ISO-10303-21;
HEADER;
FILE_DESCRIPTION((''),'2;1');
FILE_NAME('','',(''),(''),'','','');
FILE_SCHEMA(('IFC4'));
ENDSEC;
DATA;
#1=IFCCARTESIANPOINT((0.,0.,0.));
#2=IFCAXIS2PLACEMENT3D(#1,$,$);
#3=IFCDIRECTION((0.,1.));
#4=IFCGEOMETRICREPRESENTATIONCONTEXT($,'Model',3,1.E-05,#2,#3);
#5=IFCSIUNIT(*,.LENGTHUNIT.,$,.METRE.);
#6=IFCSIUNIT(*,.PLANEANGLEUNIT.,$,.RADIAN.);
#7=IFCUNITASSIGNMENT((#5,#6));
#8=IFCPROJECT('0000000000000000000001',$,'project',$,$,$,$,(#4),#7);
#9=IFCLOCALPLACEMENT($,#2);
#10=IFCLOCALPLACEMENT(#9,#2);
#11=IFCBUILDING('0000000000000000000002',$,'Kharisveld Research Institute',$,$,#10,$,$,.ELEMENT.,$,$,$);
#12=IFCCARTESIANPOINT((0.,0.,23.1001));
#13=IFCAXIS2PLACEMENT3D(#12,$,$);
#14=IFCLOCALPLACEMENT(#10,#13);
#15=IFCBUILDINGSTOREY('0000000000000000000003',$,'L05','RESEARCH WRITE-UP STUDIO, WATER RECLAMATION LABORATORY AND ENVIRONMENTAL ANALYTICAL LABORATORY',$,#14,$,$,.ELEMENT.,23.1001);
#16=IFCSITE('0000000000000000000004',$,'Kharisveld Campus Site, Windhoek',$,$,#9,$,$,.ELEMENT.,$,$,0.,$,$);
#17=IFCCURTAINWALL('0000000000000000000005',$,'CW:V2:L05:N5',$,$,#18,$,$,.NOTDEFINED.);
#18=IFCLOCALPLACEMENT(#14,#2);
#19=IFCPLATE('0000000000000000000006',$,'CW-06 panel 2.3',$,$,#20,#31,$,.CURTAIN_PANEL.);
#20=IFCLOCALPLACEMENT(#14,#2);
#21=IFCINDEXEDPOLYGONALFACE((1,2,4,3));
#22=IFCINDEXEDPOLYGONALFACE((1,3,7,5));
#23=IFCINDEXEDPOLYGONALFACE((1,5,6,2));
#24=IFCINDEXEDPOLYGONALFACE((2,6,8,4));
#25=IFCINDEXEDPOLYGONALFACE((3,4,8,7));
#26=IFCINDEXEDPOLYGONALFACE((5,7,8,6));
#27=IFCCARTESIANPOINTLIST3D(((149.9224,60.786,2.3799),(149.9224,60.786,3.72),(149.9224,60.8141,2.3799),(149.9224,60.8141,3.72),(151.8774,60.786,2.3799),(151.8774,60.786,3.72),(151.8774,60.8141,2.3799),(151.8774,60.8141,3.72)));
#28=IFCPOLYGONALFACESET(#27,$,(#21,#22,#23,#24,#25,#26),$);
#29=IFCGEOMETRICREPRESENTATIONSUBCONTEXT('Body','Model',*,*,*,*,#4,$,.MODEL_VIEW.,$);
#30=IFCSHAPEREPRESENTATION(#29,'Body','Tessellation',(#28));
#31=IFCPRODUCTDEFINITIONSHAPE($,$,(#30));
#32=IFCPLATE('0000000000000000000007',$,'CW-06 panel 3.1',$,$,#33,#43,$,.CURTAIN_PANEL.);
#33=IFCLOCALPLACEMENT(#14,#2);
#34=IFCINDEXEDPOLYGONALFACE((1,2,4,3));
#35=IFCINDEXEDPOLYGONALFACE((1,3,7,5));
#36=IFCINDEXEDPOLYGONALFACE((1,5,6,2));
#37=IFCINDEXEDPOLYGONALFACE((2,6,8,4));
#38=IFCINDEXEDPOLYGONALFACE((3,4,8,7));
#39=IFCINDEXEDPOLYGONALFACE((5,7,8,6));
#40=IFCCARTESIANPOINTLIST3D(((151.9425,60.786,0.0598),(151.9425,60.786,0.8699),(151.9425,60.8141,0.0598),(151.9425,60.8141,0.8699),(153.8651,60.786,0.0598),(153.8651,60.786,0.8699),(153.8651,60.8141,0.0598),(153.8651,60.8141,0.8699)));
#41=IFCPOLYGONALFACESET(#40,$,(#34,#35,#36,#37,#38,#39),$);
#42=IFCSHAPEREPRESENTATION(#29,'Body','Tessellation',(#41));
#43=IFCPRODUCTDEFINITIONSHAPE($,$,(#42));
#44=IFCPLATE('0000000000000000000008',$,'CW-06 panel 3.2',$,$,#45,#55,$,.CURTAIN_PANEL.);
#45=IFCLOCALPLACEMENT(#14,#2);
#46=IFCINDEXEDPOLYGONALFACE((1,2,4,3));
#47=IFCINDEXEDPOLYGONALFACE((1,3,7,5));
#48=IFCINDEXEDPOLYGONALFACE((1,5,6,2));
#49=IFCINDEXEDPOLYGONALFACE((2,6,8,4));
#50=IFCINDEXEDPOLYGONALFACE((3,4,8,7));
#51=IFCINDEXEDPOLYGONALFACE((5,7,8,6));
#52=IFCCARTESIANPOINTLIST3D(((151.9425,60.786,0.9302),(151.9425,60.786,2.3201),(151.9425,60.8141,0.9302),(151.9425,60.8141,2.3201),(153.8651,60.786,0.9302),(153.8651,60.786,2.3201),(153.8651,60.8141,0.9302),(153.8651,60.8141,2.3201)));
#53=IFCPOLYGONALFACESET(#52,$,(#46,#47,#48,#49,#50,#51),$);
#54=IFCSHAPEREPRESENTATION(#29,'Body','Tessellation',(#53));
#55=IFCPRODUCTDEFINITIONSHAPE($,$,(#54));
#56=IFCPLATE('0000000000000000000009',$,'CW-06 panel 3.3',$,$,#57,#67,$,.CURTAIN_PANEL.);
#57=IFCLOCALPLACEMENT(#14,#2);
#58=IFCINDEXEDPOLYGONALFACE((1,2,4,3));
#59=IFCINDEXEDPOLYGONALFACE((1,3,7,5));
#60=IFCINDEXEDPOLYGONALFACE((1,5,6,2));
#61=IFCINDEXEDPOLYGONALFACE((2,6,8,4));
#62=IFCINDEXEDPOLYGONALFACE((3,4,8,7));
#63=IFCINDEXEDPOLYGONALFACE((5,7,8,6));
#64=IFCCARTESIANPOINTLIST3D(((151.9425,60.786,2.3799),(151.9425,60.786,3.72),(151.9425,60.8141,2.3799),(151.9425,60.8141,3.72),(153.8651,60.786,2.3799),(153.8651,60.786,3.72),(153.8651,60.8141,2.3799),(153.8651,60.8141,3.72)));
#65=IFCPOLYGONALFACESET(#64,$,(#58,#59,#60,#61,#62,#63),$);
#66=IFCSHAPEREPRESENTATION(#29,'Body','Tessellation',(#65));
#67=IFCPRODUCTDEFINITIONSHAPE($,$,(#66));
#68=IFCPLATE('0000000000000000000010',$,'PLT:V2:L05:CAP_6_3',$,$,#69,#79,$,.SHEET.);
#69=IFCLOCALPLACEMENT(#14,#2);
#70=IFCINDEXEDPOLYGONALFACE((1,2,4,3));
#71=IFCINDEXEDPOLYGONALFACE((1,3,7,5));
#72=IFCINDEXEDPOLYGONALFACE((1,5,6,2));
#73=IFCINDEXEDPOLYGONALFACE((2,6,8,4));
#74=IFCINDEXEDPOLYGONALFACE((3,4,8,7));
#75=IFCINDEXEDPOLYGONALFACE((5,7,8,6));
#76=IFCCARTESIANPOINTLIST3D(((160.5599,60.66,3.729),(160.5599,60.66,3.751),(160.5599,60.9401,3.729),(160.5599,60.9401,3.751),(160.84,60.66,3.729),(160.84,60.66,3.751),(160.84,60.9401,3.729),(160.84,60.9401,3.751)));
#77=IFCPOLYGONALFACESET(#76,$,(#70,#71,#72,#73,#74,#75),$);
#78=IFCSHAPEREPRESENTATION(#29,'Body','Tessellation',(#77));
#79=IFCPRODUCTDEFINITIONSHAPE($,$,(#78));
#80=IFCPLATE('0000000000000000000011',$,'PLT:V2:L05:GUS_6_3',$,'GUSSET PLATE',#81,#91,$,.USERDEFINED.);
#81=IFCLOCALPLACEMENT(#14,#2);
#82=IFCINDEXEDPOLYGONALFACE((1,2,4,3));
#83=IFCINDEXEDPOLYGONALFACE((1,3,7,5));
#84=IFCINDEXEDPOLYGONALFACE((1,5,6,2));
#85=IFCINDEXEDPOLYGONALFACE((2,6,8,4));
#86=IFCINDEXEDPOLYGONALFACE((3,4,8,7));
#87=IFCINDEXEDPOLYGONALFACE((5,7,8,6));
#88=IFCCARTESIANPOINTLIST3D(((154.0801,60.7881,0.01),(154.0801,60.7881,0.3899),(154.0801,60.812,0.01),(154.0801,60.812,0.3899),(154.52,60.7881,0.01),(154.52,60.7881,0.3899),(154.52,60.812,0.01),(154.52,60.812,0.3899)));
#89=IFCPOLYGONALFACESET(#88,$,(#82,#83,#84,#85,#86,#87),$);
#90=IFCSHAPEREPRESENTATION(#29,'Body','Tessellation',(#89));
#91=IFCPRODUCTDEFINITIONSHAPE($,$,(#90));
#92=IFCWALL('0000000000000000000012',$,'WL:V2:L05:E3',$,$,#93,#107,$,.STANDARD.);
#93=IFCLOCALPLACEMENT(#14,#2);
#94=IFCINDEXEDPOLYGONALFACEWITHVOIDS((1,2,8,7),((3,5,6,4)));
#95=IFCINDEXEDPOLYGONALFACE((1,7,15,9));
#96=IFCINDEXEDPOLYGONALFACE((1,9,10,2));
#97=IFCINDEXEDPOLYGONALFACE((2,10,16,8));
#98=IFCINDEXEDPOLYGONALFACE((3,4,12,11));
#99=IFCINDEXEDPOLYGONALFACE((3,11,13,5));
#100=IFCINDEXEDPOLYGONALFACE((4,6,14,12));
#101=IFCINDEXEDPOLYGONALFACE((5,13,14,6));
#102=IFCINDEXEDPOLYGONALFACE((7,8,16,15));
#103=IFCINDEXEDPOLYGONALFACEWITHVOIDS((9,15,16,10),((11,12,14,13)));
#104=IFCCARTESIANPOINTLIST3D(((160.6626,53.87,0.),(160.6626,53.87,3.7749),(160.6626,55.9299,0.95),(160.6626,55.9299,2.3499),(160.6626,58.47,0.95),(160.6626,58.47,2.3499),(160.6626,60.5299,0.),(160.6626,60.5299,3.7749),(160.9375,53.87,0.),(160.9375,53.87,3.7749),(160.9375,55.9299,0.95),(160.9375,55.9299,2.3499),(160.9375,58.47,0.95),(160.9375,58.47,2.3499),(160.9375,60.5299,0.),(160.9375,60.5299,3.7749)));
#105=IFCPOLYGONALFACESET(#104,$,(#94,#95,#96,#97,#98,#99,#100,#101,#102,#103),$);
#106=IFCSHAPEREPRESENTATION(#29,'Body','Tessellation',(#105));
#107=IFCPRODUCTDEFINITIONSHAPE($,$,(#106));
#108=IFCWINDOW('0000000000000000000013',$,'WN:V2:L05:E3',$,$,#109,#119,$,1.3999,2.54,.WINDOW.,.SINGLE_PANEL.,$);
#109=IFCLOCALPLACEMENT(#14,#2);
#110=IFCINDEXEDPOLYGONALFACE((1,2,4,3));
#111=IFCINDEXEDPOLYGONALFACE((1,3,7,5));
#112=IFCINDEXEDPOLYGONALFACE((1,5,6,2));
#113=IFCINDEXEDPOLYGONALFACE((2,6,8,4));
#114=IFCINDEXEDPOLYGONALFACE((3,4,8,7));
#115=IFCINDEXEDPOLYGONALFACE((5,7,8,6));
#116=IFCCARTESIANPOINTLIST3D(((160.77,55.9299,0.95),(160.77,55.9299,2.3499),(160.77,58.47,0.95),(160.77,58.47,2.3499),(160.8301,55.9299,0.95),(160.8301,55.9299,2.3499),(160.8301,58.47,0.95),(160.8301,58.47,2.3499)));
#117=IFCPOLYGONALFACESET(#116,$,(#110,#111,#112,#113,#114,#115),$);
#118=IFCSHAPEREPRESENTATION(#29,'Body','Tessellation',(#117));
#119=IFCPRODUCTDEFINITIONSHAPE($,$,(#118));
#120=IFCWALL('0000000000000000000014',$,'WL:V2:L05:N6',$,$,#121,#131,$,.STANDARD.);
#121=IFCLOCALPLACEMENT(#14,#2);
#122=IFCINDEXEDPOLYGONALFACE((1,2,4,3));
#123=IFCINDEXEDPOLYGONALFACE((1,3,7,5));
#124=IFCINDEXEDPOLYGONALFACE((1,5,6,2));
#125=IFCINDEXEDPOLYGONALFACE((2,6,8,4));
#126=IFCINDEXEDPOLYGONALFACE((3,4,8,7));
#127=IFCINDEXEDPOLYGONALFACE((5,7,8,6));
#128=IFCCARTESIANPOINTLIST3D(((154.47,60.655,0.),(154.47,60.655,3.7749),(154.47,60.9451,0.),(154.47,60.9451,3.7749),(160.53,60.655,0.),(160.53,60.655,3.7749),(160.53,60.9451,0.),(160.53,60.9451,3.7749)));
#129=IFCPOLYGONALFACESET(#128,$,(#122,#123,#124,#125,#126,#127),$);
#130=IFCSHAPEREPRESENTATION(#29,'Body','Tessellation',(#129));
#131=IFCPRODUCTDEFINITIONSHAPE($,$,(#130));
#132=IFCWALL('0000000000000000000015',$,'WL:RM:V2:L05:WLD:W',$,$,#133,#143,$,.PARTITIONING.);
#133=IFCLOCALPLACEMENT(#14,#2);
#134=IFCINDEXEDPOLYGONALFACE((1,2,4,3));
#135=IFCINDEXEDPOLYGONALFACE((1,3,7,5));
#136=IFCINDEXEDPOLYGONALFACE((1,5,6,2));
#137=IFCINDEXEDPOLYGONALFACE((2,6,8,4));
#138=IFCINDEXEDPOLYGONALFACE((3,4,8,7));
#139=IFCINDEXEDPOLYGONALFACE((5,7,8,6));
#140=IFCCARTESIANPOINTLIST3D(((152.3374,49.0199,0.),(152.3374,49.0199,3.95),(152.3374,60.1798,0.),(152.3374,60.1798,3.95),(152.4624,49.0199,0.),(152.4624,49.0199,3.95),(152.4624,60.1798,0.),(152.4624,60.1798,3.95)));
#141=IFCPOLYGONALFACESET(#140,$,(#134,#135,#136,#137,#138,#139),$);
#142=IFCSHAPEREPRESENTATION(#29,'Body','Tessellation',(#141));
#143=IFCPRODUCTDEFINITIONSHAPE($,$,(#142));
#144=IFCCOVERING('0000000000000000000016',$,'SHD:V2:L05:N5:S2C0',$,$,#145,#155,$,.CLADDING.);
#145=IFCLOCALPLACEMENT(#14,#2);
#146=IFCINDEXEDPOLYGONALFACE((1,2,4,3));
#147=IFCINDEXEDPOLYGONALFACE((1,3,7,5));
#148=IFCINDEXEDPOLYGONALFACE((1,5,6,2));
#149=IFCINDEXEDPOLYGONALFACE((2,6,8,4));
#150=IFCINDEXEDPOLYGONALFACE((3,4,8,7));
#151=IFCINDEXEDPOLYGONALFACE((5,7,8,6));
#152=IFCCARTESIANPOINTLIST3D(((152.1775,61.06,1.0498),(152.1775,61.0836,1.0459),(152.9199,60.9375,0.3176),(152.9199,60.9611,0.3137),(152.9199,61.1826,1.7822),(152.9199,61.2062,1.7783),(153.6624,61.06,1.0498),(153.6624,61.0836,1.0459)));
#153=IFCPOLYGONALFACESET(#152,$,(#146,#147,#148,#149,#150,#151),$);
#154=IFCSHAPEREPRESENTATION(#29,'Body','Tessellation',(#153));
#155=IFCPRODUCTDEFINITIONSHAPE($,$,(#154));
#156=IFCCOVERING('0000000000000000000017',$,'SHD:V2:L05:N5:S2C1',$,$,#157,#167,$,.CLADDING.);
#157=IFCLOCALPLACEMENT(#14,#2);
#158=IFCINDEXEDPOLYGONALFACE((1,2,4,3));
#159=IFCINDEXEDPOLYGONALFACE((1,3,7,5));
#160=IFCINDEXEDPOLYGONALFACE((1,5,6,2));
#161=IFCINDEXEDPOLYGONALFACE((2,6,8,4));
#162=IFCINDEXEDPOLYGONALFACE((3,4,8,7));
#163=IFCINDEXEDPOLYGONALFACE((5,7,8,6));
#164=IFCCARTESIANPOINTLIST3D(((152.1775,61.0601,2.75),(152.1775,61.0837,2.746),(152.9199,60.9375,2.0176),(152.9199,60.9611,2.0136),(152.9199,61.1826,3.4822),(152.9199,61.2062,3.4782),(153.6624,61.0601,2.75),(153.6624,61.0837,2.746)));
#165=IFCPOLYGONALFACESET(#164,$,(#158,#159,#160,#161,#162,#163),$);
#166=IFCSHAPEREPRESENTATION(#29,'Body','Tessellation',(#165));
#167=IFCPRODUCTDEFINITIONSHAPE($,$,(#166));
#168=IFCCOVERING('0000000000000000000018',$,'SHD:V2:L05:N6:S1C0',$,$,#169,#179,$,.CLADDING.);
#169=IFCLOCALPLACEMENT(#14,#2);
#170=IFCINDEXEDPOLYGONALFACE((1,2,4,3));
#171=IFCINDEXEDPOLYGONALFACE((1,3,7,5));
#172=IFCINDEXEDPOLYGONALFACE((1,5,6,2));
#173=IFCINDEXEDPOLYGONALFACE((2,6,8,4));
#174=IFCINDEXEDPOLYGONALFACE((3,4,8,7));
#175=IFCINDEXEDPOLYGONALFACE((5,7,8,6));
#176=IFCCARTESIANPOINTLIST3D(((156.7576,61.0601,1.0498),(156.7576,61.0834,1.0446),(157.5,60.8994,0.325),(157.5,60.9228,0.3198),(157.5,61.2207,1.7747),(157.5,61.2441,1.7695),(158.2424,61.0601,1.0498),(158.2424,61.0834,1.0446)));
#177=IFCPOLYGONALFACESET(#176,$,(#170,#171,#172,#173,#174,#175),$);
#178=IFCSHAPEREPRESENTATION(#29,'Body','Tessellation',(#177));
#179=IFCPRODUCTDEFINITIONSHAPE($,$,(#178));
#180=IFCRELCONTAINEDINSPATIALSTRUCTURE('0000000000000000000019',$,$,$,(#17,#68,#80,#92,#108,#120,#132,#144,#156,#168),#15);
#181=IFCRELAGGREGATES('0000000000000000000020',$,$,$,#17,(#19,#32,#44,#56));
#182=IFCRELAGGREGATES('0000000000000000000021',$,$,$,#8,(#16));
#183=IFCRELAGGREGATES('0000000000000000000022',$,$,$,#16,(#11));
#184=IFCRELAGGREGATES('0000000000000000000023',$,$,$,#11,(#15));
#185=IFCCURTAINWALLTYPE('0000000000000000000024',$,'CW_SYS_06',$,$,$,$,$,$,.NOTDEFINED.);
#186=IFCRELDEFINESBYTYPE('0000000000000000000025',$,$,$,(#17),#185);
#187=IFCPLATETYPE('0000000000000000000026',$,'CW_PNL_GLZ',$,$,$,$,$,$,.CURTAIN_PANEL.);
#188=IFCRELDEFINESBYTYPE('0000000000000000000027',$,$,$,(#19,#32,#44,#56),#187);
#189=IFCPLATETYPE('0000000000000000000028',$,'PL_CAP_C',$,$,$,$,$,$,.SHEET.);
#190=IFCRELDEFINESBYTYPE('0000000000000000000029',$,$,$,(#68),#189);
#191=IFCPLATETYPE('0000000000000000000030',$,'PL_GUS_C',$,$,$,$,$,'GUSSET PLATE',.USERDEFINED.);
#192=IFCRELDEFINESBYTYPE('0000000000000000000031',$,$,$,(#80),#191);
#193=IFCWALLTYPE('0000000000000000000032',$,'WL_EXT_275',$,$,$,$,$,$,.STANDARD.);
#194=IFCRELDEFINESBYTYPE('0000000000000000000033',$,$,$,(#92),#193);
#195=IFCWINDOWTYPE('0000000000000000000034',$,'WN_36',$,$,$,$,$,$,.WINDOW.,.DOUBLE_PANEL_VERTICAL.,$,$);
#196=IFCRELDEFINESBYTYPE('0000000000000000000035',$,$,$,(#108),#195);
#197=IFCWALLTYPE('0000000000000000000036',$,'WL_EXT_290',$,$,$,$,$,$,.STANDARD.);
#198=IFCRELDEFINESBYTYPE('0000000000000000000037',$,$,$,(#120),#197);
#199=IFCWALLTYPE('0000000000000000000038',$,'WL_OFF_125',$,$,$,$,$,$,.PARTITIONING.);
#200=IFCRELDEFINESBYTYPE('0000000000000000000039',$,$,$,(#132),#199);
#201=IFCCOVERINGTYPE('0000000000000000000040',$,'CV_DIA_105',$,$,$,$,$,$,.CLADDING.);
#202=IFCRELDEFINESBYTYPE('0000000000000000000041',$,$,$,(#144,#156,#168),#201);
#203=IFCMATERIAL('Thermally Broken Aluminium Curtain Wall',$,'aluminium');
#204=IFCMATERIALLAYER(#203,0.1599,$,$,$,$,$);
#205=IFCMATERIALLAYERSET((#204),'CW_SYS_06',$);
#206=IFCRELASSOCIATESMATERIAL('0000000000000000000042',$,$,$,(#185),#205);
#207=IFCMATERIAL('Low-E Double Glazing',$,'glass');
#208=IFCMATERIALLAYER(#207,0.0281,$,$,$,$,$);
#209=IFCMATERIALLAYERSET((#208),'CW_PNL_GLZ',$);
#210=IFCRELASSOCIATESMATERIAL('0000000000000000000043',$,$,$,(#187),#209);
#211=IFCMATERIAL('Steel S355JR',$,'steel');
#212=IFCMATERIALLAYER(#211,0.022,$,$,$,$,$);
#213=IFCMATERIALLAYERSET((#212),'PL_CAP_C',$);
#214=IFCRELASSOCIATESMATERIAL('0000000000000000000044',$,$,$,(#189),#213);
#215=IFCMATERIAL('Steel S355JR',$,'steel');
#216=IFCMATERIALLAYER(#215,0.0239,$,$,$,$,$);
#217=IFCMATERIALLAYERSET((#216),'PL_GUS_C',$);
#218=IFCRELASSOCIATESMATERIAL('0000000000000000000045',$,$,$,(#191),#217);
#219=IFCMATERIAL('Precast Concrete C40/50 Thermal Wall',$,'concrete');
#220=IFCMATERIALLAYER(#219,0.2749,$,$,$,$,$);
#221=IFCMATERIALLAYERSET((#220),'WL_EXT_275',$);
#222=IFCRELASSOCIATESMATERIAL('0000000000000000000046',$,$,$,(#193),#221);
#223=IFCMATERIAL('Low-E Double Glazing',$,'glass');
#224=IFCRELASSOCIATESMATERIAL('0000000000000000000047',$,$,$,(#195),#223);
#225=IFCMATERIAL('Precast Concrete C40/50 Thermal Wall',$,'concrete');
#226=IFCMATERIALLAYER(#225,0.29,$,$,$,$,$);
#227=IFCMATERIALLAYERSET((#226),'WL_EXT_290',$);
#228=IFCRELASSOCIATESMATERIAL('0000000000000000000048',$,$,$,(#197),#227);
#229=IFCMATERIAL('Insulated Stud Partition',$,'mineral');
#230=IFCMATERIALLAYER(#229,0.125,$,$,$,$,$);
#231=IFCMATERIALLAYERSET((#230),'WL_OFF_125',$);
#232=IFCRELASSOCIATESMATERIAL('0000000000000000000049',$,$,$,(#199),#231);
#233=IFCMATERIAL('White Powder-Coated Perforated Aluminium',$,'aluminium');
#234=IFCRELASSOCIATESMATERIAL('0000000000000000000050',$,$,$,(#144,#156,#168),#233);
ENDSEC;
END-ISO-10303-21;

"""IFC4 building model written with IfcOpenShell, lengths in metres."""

from ifc_helpers import new_model, si_unit, direction, frame, frame_2d, origin, origin_2d, place, context, subcontext, project, spatial, polyline, rectangle, outline, extrude, material, layer, layer_set, type_object, element, fill, aggregate, save


model = new_model("IFC4")

# Units and contexts
model_context = context("Model", 3, precision=1e-05, world=origin(), true_north=direction((0.0, 1.0)))
body_context = subcontext(model_context, "Body", "Model", "MODEL_VIEW")
ifc_project = project(units=[si_unit("LENGTHUNIT", "METRE"), si_unit("PLANEANGLEUNIT", "RADIAN")], contexts=[model_context])

# Site, building, storey
site_placement = place(None, origin())
site = spatial("IfcSite", under=ifc_project, at=site_placement, Name="Kharisveld Campus Site, Windhoek", CompositionType="ELEMENT", RefElevation=0.0)
building_placement = place(site_placement, origin())
building = spatial("IfcBuilding", under=site, at=building_placement, Name="Kharisveld Research Institute", CompositionType="ELEMENT")
storey_placement = place(building_placement, frame((0.0, 0.0, 23.1001)))
storey = spatial("IfcBuildingStorey", under=building, at=storey_placement, Name="L05", Description="RESEARCH WRITE-UP STUDIO, WATER RECLAMATION LABORATORY AND ENVIRONMENTAL ANALYTICAL LABORATORY", CompositionType="ELEMENT", Elevation=23.1001)

# Curtain wall
ifc_material_1 = material(Name="Thermally Broken Aluminium Curtain Wall", Category="aluminium")
ifc_layer_1 = layer(ifc_material_1, 0.1599)
ifc_layer_set_1 = layer_set([ifc_layer_1], Name="CW_SYS_06")
curtain_wall_type = type_object("IfcCurtainWallType", Name="CW_SYS_06", PredefinedType="NOTDEFINED", material=ifc_layer_set_1)
curtain_wall_placement = place(storey_placement, origin())
curtain_wall = element("IfcCurtainWall", 1, at=curtain_wall_placement, inside=storey, type_object=curtain_wall_type, Name="CW:V2:L05:N5", PredefinedType="NOTDEFINED")

# Plates
ifc_material_2 = material(Name="Low-E Double Glazing", Category="glass")
ifc_layer_2 = layer(ifc_material_2, 0.0281)
ifc_layer_set_2 = layer_set([ifc_layer_2], Name="CW_PNL_GLZ")
plate_type_1 = type_object("IfcPlateType", Name="CW_PNL_GLZ", PredefinedType="CURTAIN_PANEL", material=ifc_layer_set_2)
plate_1_placement = place(storey_placement, frame((150.8999, 60.8, 2.3799), z_axis=(0.0, 0.0, 1.0), x_axis=(1.0, 0.0, 0.0)))
plate_1 = element("IfcPlate", 2, at=plate_1_placement, type_object=plate_type_1, Name="CW-06 panel 2.3", PredefinedType="CURTAIN_PANEL", context=body_context, shape_type="SweptSolid", body=[
    extrude(rectangle(XDim=1.9551, YDim=0.0281, at=origin_2d()), origin(), (0.0, 0.0, 1.0), 1.3401),
])
plate_2_placement = place(storey_placement, frame((152.9038, 60.8, 0.0598), z_axis=(0.0, 0.0, 1.0), x_axis=(1.0, 0.0, 0.0)))
plate_2 = element("IfcPlate", 3, at=plate_2_placement, type_object=plate_type_1, Name="CW-06 panel 3.1", PredefinedType="CURTAIN_PANEL", context=body_context, shape_type="SweptSolid", body=[
    extrude(rectangle(XDim=1.9226, YDim=0.0281, at=origin_2d()), origin(), (0.0, 0.0, 1.0), 0.8101),
])
plate_3_placement = place(storey_placement, frame((152.9038, 60.8, 0.9302), z_axis=(0.0, 0.0, 1.0), x_axis=(1.0, 0.0, 0.0)))
plate_3 = element("IfcPlate", 4, at=plate_3_placement, type_object=plate_type_1, Name="CW-06 panel 3.2", PredefinedType="CURTAIN_PANEL", context=body_context, shape_type="SweptSolid", body=[
    extrude(rectangle(XDim=1.9226, YDim=0.0281, at=origin_2d()), origin(), (0.0, 0.0, 1.0), 1.3899),
])
plate_4_placement = place(storey_placement, frame((152.9038, 60.8, 2.3799), z_axis=(0.0, 0.0, 1.0), x_axis=(1.0, 0.0, 0.0)))
plate_4 = element("IfcPlate", 5, at=plate_4_placement, type_object=plate_type_1, Name="CW-06 panel 3.3", PredefinedType="CURTAIN_PANEL", context=body_context, shape_type="SweptSolid", body=[
    extrude(rectangle(XDim=1.9226, YDim=0.0281, at=origin_2d()), origin(), (0.0, 0.0, 1.0), 1.3401),
])
aggregate(curtain_wall, [plate_1, plate_2, plate_3, plate_4])

# Plates
ifc_material_3 = material(Name="Steel S355JR", Category="steel")
ifc_layer_3 = layer(ifc_material_3, 0.022)
ifc_layer_set_3 = layer_set([ifc_layer_3], Name="PL_CAP_C")
plate_type_2 = type_object("IfcPlateType", Name="PL_CAP_C", PredefinedType="SHEET", material=ifc_layer_set_3)
plate_5_placement = place(storey_placement, frame((160.7, 60.8, 3.729), z_axis=(0.0, 0.0, 1.0), x_axis=(1.0, 0.0, 0.0)))
element("IfcPlate", 6, at=plate_5_placement, inside=storey, type_object=plate_type_2, Name="PLT:V2:L05:CAP_6_3", PredefinedType="SHEET", context=body_context, shape_type="SweptSolid", body=[
    extrude(rectangle(XDim=0.28, YDim=0.28, at=origin_2d()), origin(), (0.0, 0.0, 1.0), 0.022),
])
ifc_material_4 = material(Name="Steel S355JR", Category="steel")
ifc_layer_4 = layer(ifc_material_4, 0.0239)
ifc_layer_set_4 = layer_set([ifc_layer_4], Name="PL_GUS_C")
plate_type_3 = type_object("IfcPlateType", Name="PL_GUS_C", ElementType="GUSSET PLATE", PredefinedType="USERDEFINED", material=ifc_layer_set_4)
plate_6_placement = place(storey_placement, frame((154.3, 60.8, 0.01), z_axis=(0.0, 0.0, 1.0), x_axis=(1.0, 0.0, 0.0)))
element("IfcPlate", 7, at=plate_6_placement, inside=storey, type_object=plate_type_3, Name="PLT:V2:L05:GUS_6_3", ObjectType="GUSSET PLATE", PredefinedType="USERDEFINED", context=body_context, shape_type="SweptSolid", body=[
    extrude(rectangle(XDim=0.4399, YDim=0.0239, at=origin_2d()), origin(), (0.0, 0.0, 1.0), 0.3799),
])

# Wall, opening, window
ifc_material_5 = material(Name="Precast Concrete C40/50 Thermal Wall", Category="concrete")
ifc_layer_5 = layer(ifc_material_5, 0.2749)
ifc_layer_set_5 = layer_set([ifc_layer_5], Name="WL_EXT_275")
wall_type_1 = type_object("IfcWallType", Name="WL_EXT_275", PredefinedType="STANDARD", material=ifc_layer_set_5)
wall_1_placement = place(storey_placement, frame((160.8, 60.53, 0.0), z_axis=(0.0, 0.0, 1.0), x_axis=(0.0, -1.0, 0.0)))
wall_1 = element("IfcWall", 8, at=wall_1_placement, inside=storey, type_object=wall_type_1, Name="WL:V2:L05:E3", PredefinedType="STANDARD", context=body_context, shape_type="SweptSolid", body=[
    extrude(rectangle(XDim=6.6599, YDim=0.2749, at=frame_2d((3.3301, 0.0))), origin(), (0.0, 0.0, 1.0), 3.7749),
])
opening_placement = place(wall_1_placement, frame((2.0601, 0.0, 0.95)))
opening = element("IfcOpeningElement", 9, at=opening_placement, cuts=wall_1, PredefinedType="OPENING", context=body_context, shape_type="SweptSolid", body=[
    extrude(rectangle(XDim=2.54, YDim=1.3999, at=frame_2d((1.27, 0.7))), frame((0.0, 0.1375, 0.0), z_axis=(0.0, -1.0, 0.0), x_axis=(1.0, 0.0, 0.0)), (0.0, 0.0, 1.0), 0.2749),
])
ifc_material_6 = material(Name="Low-E Double Glazing", Category="glass")
window_type = type_object("IfcWindowType", Name="WN_36", PartitioningType="DOUBLE_PANEL_VERTICAL", PredefinedType="WINDOW", material=ifc_material_6)
window_placement = place(opening_placement, origin())
window = element("IfcWindow", 10, at=window_placement, inside=storey, type_object=window_type, Name="WN:V2:L05:E3", OverallHeight=1.3999, OverallWidth=2.54, PartitioningType="SINGLE_PANEL", PredefinedType="WINDOW", context=body_context, shape_type="SweptSolid", body=[
    extrude(rectangle(XDim=2.54, YDim=1.3999, at=frame_2d((1.27, 0.7))), frame((0.0, 0.03, 0.0), z_axis=(0.0, -1.0, 0.0), x_axis=(1.0, 0.0, 0.0)), (0.0, 0.0, 1.0), 0.0601),
])
fill(opening, window)

# Walls
ifc_material_7 = material(Name="Precast Concrete C40/50 Thermal Wall", Category="concrete")
ifc_layer_6 = layer(ifc_material_7, 0.29)
ifc_layer_set_6 = layer_set([ifc_layer_6], Name="WL_EXT_290")
wall_type_2 = type_object("IfcWallType", Name="WL_EXT_290", PredefinedType="STANDARD", material=ifc_layer_set_6)
wall_2_placement = place(storey_placement, frame((154.47, 60.8, 0.0), z_axis=(0.0, 0.0, 1.0), x_axis=(1.0, 0.0, 0.0)))
element("IfcWall", 11, at=wall_2_placement, inside=storey, type_object=wall_type_2, Name="WL:V2:L05:N6", PredefinedType="STANDARD", context=body_context, shape_type="SweptSolid", body=[
    extrude(rectangle(XDim=6.0601, YDim=0.29, at=frame_2d((3.03, 0.0))), origin(), (0.0, 0.0, 1.0), 3.7749),
])
ifc_material_8 = material(Name="Insulated Stud Partition", Category="mineral")
ifc_layer_7 = layer(ifc_material_8, 0.125)
ifc_layer_set_7 = layer_set([ifc_layer_7], Name="WL_OFF_125")
wall_type_3 = type_object("IfcWallType", Name="WL_OFF_125", PredefinedType="PARTITIONING", material=ifc_layer_set_7)
wall_3_placement = place(storey_placement, frame((152.3999, 60.1799, 0.0), z_axis=(0.0, 0.0, 1.0), x_axis=(0.0, -1.0, 0.0)))
element("IfcWall", 12, at=wall_3_placement, inside=storey, type_object=wall_type_3, Name="WL:RM:V2:L05:WLD:W", PredefinedType="PARTITIONING", context=body_context, shape_type="SweptSolid", body=[
    extrude(rectangle(XDim=11.1599, YDim=0.125, at=frame_2d((5.5801, 0.0))), origin(), (0.0, 0.0, 1.0), 3.95),
])

# Coverings
ifc_material_9 = material(Name="White Powder-Coated Perforated Aluminium", Category="aluminium")
covering_type = type_object("IfcCoveringType", Name="CV_DIA_105", PredefinedType="CLADDING")
covering_1_placement = place(storey_placement, frame((152.9199, 60.9375, 0.3176), z_axis=(0.0, -0.986283, 0.165065), x_axis=(0.707139, 0.116714, 0.697376)))
element("IfcCovering", 13, at=covering_1_placement, inside=storey, type_object=covering_type, material=ifc_material_9, Name="SHD:V2:L05:N5:S2C0", PredefinedType="CLADDING", context=body_context, shape_type="SweptSolid", body=[
    extrude(outline(polyline([(0.0, 0.0), (1.0499, 0.0), (1.05, 1.0501), (-0.0001, 1.0499), (0.0, 0.0)])), origin(), (0.0, 0.0, -1.0), 0.0239),
])
covering_2_placement = place(storey_placement, frame((152.9199, 60.9375, 2.0176), z_axis=(0.0, -0.986283, 0.165065), x_axis=(0.707024, 0.116733, 0.697489)))
element("IfcCovering", 14, at=covering_2_placement, inside=storey, type_object=covering_type, material=ifc_material_9, Name="SHD:V2:L05:N5:S2C1", PredefinedType="CLADDING", context=body_context, shape_type="SweptSolid", body=[
    extrude(outline(polyline([(0.0, 0.0), (1.0501, 0.0), (1.0502, 1.0499), (0.0002, 1.0501), (0.0, 0.0)])), origin(), (0.0, 0.0, -1.0), 0.0239),
])
for number, where, z_axis, x_axis, name in (
    (15, (157.5, 60.8994, 0.325), (0.0, -0.976311, 0.216373), (0.707102, 0.153, 0.69036), "SHD:V2:L05:N6:S1C0"),
):
    element("IfcCovering", number, at=place(storey_placement, frame(where, z_axis=z_axis, x_axis=x_axis)), inside=storey, type_object=covering_type, material=ifc_material_9, Name=name, PredefinedType="CLADDING", context=body_context, shape_type="SweptSolid", body=[
        extrude(outline(polyline([(0.0, 0.0), (1.05, 0.0), (1.05, 1.05), (0.0, 1.05), (0.0, 0.0)])), origin(), (0.0, 0.0, -1.0), 0.0239),
    ])

save(model, "model.ifc")
